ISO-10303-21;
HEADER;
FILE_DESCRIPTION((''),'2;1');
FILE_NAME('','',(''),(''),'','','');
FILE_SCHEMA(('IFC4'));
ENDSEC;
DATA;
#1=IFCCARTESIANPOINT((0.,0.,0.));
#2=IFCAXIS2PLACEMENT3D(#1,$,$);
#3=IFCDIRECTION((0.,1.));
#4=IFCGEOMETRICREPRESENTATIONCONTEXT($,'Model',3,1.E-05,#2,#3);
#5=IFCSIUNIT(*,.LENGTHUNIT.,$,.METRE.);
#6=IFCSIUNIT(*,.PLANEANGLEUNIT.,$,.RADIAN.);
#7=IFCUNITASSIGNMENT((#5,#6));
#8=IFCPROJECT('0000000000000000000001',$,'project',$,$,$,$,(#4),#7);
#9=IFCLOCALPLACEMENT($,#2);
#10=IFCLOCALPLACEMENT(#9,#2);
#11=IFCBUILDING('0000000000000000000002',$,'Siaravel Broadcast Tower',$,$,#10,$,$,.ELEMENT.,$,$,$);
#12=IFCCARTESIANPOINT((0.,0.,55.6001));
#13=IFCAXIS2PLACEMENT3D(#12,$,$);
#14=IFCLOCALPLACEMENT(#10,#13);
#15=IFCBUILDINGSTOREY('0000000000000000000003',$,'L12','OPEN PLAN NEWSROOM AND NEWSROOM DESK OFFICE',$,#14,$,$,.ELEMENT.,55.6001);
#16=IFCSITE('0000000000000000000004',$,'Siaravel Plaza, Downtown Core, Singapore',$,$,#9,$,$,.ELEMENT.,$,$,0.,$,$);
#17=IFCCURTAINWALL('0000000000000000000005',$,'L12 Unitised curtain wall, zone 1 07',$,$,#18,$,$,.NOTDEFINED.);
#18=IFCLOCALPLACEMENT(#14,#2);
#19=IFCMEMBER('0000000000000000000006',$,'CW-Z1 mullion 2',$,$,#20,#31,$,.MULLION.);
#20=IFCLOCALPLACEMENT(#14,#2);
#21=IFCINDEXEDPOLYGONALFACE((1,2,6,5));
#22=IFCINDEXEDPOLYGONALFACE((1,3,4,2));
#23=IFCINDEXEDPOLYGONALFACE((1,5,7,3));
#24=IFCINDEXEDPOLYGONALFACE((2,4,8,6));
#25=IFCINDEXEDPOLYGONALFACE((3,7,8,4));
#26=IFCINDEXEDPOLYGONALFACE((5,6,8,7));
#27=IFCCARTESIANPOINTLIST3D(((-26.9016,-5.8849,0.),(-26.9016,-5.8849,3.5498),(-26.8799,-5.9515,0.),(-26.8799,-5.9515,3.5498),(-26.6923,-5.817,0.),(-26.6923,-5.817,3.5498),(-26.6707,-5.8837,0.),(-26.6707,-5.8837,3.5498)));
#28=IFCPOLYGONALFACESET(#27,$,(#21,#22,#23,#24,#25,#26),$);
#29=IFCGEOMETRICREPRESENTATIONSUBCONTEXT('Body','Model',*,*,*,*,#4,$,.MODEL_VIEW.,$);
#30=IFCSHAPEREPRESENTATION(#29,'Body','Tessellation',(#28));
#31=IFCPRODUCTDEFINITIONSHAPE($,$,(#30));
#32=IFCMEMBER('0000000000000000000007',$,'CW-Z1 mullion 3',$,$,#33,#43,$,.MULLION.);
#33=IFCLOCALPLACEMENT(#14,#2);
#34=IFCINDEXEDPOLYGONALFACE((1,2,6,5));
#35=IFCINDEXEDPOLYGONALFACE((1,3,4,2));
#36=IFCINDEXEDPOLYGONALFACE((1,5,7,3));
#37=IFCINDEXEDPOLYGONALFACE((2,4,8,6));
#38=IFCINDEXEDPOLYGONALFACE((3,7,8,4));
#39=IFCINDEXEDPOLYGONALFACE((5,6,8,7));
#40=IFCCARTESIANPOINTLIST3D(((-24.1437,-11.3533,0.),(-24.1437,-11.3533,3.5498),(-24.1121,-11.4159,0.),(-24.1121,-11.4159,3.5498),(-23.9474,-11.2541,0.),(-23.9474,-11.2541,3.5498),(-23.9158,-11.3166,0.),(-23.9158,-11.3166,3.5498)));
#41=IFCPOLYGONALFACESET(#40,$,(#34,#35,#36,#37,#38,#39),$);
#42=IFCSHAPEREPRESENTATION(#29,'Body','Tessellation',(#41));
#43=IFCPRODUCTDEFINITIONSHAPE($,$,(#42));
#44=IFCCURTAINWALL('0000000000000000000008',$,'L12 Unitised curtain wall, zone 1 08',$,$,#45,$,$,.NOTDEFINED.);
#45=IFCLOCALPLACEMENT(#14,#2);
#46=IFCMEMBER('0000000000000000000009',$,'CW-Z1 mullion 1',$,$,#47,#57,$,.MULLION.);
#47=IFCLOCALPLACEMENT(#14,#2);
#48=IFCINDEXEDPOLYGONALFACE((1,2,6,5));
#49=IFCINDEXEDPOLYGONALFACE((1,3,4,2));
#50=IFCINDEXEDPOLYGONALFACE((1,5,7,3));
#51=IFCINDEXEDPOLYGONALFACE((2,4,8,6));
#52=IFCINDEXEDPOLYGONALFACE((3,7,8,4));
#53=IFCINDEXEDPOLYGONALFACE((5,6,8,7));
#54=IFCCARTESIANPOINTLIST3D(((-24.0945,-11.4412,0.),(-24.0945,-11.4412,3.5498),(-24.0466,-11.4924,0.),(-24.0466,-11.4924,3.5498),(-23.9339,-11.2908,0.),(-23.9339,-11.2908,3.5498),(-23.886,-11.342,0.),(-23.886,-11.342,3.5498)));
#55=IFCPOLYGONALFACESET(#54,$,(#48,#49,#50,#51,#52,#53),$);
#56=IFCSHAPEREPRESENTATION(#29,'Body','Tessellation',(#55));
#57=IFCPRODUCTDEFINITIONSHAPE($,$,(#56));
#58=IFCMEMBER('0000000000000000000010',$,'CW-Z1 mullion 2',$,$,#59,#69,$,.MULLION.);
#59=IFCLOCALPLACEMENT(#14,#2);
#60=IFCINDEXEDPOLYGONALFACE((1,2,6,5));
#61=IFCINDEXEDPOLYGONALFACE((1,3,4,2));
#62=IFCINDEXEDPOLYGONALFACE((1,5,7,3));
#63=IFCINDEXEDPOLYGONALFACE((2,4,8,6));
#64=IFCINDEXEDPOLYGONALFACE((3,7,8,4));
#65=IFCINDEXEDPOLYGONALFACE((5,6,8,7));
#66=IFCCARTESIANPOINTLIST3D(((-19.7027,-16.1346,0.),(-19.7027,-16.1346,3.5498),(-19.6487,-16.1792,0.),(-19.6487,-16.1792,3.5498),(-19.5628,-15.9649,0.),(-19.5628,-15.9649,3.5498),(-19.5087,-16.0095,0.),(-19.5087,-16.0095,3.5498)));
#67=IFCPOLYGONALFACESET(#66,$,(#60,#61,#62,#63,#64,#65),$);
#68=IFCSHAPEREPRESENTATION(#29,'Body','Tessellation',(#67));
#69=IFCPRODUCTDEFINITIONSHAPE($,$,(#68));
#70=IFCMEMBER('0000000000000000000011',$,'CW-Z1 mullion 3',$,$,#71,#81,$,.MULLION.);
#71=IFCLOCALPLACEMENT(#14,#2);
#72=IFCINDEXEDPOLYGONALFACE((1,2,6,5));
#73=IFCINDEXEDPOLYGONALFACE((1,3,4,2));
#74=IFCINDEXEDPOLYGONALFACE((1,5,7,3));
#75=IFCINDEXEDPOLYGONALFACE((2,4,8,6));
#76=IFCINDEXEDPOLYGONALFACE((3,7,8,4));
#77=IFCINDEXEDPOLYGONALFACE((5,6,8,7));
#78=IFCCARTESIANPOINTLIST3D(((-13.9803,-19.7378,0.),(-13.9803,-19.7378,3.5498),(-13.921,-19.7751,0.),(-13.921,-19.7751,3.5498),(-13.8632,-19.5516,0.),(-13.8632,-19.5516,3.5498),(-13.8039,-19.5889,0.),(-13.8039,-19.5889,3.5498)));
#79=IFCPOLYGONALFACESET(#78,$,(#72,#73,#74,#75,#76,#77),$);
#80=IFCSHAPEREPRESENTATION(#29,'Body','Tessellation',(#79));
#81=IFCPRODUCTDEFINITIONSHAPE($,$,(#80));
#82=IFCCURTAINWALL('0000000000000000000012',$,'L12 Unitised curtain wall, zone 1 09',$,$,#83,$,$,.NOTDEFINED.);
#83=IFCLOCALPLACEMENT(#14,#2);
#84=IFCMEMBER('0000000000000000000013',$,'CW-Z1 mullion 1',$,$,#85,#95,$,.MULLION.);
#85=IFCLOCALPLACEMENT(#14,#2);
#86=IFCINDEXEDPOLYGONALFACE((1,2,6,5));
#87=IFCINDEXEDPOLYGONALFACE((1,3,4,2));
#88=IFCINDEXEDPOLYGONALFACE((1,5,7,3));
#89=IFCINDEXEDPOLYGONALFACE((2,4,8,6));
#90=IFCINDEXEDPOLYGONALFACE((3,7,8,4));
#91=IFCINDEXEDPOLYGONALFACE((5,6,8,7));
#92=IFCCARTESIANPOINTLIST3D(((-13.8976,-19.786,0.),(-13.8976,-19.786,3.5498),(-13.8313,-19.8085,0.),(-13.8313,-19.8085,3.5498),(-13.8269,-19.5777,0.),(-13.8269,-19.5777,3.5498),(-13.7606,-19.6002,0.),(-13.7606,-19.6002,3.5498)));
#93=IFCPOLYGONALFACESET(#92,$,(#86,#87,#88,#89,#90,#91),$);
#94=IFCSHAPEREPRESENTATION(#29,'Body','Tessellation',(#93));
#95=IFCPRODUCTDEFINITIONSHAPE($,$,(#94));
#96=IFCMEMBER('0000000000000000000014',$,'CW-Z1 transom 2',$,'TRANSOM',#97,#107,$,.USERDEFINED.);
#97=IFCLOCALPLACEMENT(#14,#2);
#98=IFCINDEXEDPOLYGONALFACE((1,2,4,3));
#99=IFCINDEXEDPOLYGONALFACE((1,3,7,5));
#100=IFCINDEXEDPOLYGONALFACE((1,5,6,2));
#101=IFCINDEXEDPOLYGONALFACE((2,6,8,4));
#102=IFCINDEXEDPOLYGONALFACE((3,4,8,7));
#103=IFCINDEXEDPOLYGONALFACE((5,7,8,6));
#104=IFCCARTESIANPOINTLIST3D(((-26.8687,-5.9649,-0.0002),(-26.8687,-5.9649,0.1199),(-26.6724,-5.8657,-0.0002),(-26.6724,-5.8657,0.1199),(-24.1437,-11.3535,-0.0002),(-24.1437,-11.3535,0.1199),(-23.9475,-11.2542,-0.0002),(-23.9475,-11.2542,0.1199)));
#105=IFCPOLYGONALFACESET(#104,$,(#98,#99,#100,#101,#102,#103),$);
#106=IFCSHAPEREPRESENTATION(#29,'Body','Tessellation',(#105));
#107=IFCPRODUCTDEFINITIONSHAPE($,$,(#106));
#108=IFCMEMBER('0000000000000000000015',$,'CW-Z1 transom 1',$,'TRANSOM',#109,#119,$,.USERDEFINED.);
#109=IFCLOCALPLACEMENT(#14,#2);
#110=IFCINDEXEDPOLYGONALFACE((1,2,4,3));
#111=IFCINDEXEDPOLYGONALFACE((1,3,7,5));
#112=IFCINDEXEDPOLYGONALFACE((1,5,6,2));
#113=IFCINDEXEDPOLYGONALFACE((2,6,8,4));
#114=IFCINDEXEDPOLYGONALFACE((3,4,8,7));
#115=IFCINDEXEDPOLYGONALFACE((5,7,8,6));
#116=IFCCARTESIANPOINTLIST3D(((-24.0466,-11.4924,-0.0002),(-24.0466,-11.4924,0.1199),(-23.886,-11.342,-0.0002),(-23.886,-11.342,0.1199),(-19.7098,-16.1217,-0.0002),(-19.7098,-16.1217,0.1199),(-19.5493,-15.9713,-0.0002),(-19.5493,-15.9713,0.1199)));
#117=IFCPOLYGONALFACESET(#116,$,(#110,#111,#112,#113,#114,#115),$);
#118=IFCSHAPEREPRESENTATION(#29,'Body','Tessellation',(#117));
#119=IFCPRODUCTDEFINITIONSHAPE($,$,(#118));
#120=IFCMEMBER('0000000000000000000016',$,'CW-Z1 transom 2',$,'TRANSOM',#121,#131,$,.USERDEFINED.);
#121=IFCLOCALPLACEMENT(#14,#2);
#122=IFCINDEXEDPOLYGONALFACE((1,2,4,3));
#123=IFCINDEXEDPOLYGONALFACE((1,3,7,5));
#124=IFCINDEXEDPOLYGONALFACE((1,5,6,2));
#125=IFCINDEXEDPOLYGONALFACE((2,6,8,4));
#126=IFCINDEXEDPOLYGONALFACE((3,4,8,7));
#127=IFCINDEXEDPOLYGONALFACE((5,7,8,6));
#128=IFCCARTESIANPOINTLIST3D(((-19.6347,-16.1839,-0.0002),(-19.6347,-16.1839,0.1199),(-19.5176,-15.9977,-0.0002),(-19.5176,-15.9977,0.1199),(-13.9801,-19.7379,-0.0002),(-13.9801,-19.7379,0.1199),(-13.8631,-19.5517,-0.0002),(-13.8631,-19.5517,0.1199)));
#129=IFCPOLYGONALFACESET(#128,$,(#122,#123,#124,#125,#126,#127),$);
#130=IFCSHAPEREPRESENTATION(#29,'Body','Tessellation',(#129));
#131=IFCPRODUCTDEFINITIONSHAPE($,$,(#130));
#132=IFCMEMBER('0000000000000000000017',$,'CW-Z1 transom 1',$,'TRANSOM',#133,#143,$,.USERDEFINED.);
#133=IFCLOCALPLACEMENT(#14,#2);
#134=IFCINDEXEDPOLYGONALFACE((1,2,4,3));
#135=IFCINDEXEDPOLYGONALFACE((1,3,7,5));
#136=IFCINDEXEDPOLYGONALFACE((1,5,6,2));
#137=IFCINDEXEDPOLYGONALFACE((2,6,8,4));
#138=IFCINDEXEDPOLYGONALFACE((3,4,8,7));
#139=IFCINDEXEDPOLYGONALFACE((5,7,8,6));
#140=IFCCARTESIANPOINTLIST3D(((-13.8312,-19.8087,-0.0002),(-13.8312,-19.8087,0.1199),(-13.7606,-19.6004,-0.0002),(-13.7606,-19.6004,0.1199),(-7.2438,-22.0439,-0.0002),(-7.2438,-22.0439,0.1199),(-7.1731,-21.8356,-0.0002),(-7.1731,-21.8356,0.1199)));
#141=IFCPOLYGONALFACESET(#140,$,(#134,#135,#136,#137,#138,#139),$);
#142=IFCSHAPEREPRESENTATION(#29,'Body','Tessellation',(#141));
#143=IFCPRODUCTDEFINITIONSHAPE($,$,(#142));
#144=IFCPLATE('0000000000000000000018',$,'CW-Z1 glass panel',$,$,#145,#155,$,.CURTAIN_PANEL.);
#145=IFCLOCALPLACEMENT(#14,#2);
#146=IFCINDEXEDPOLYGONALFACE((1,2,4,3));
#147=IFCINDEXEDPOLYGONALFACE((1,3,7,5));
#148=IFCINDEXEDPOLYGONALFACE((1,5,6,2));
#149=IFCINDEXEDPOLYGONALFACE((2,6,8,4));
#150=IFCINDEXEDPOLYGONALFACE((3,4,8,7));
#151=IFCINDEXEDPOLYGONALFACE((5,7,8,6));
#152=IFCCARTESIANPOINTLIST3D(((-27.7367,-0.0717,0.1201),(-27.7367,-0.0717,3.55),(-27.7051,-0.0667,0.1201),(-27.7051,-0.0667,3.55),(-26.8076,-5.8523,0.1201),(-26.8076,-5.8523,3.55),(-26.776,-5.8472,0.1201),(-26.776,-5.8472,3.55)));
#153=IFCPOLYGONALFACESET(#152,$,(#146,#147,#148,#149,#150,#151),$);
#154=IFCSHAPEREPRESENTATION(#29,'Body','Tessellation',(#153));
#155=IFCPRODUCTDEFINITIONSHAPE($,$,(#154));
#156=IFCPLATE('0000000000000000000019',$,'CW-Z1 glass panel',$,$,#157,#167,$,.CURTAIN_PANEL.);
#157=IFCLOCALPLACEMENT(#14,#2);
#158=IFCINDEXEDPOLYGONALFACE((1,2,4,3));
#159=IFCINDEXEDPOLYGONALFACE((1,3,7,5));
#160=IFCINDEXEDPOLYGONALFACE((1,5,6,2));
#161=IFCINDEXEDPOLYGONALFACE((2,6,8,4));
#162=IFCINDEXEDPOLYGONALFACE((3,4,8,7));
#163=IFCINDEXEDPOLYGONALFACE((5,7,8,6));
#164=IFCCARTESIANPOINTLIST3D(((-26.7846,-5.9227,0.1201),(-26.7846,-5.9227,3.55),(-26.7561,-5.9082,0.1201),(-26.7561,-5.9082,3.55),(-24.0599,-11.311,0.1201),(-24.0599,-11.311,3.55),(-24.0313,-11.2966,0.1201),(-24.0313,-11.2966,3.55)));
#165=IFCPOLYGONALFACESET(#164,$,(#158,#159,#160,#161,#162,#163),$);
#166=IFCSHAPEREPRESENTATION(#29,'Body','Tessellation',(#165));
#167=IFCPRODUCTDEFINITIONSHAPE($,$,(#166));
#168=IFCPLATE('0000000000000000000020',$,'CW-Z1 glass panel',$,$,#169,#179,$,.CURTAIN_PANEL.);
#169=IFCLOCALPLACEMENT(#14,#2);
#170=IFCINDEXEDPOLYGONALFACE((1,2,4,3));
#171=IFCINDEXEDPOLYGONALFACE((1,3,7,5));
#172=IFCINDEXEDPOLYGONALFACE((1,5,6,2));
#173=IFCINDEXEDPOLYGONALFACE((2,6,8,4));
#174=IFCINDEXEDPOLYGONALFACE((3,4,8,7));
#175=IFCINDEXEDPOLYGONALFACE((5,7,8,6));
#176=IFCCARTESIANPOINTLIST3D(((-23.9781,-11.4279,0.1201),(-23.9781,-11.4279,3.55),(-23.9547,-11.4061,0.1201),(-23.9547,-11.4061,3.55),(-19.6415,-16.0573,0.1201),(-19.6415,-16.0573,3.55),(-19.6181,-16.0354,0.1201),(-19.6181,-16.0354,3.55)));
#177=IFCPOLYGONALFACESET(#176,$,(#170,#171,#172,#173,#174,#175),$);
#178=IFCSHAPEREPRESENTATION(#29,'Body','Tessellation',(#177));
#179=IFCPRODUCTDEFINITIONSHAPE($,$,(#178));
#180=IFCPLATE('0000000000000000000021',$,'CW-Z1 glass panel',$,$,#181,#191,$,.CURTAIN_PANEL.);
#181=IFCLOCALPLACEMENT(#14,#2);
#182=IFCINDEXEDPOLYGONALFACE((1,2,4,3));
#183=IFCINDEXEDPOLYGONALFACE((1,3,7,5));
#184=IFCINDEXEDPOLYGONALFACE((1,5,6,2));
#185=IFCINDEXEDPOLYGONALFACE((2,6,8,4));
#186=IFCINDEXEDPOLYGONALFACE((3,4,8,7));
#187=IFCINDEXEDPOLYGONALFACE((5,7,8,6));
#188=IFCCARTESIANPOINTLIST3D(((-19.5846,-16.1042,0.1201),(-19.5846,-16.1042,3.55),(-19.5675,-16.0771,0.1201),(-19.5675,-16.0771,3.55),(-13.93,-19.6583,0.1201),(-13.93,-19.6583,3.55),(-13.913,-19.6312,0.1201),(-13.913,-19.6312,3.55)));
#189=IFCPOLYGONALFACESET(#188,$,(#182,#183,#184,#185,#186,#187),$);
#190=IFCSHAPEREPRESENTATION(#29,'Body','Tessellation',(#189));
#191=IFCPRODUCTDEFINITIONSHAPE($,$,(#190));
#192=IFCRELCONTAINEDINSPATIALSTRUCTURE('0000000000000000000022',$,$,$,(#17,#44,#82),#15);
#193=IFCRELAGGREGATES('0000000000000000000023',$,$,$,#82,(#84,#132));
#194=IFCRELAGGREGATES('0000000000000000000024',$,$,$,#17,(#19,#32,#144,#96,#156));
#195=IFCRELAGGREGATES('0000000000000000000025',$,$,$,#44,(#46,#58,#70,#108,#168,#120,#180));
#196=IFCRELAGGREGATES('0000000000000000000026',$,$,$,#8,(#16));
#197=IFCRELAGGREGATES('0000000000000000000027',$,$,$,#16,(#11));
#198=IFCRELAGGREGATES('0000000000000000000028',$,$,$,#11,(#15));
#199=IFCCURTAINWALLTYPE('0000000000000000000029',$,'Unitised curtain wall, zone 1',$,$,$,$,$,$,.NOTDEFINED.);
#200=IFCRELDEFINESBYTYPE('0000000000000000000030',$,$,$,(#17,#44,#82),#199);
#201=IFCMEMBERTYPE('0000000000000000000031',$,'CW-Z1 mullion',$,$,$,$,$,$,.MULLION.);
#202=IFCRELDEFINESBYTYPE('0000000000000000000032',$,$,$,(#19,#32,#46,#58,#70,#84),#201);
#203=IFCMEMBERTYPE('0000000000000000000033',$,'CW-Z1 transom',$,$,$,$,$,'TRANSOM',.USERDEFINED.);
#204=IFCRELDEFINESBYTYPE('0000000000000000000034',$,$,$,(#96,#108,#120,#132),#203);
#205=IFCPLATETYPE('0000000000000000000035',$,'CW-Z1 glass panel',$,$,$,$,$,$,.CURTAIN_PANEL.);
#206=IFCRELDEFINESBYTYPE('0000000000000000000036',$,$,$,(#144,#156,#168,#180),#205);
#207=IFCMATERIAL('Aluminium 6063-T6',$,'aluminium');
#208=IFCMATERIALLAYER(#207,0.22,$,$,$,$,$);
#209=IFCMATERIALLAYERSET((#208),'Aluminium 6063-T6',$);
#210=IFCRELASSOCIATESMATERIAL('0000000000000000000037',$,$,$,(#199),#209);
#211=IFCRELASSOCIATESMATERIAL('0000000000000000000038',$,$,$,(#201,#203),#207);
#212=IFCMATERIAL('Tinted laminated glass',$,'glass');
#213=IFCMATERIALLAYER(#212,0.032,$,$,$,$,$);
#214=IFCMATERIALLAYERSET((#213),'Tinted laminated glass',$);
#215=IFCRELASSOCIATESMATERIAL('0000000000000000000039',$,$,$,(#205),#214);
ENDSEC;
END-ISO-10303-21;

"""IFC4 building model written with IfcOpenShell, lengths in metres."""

from ifc_helpers import new_model, si_unit, direction, frame, origin, origin_2d, place, context, subcontext, project, spatial, rectangle, extrude, material, layer, layer_set, material_profile, profile_set, type_object, element, aggregate, save


model = new_model("IFC4")

# Units and contexts
model_context = context("Model", 3, precision=1e-05, world=origin(), true_north=direction((0.0, 1.0)))
body_context = subcontext(model_context, "Body", "Model", "MODEL_VIEW")
ifc_project = project(units=[si_unit("LENGTHUNIT", "METRE"), si_unit("PLANEANGLEUNIT", "RADIAN")], contexts=[model_context])

# Site, building, storey
site_placement = place(None, origin())
site = spatial("IfcSite", under=ifc_project, at=site_placement, Name="Siaravel Plaza, Downtown Core, Singapore", CompositionType="ELEMENT", RefElevation=0.0)
building_placement = place(site_placement, origin())
building = spatial("IfcBuilding", under=site, at=building_placement, Name="Siaravel Broadcast Tower", CompositionType="ELEMENT")
storey_placement = place(building_placement, frame((0.0, 0.0, 55.6001)))
storey = spatial("IfcBuildingStorey", under=building, at=storey_placement, Name="L12", Description="OPEN PLAN NEWSROOM AND NEWSROOM DESK OFFICE", CompositionType="ELEMENT", Elevation=55.6001)

# Curtain walls, members
ifc_material_1 = material(Name="Aluminium 6063-T6", Category="aluminium")
ifc_layer_1 = layer(ifc_material_1, 0.22)
ifc_layer_set_1 = layer_set([ifc_layer_1], Name="Aluminium 6063-T6")
curtain_wall_type = type_object("IfcCurtainWallType", Name="Unitised curtain wall, zone 1", PredefinedType="NOTDEFINED", material=ifc_layer_set_1)
curtain_wall_1_placement = place(storey_placement, origin())
curtain_wall_1 = element("IfcCurtainWall", 1, at=curtain_wall_1_placement, inside=storey, type_object=curtain_wall_type, Name="L12 Unitised curtain wall, zone 1 07", PredefinedType="NOTDEFINED")
ifc_material_profile_1 = material_profile(ifc_material_1, rectangle(XDim=0.22, YDim=0.0701, at=origin_2d()))
ifc_profile_set_1 = profile_set([ifc_material_profile_1], Name="Aluminium 6063-T6")
member_type_1 = type_object("IfcMemberType", Name="CW-Z1 mullion", PredefinedType="MULLION", material=ifc_profile_set_1)
member_1_placement = place(storey_placement, frame((-26.7861, -5.8843, 0.0), z_axis=(0.0, 0.0, 1.0), x_axis=(0.951177, 0.308646, 0.0)))
member_1 = element("IfcMember", 2, at=member_1_placement, type_object=member_type_1, Name="CW-Z1 mullion 2", PredefinedType="MULLION", context=body_context, shape_type="SweptSolid", body=[
    extrude(rectangle(XDim=0.22, YDim=0.0701, at=origin_2d()), origin(), (0.0, 0.0, 1.0), 3.5498),
])
member_2_placement = place(storey_placement, frame((-24.0298, -11.335, 0.0), z_axis=(0.0, 0.0, 1.0), x_axis=(0.892392, 0.451261, 0.0)))
member_2 = element("IfcMember", 3, at=member_2_placement, type_object=member_type_1, Name="CW-Z1 mullion 3", PredefinedType="MULLION", context=body_context, shape_type="SweptSolid", body=[
    extrude(rectangle(XDim=0.22, YDim=0.0701, at=origin_2d()), origin(), (0.0, 0.0, 1.0), 3.5498),
])
curtain_wall_2_placement = place(storey_placement, origin())
curtain_wall_2 = element("IfcCurtainWall", 4, at=curtain_wall_2_placement, inside=storey, type_object=curtain_wall_type, Name="L12 Unitised curtain wall, zone 1 08", PredefinedType="NOTDEFINED")
member_3_placement = place(storey_placement, frame((-23.9902, -11.3916, 0.0), z_axis=(0.0, 0.0, 1.0), x_axis=(0.729805, 0.683655, 0.0)))
member_3 = element("IfcMember", 5, at=member_3_placement, type_object=member_type_1, Name="CW-Z1 mullion 1", PredefinedType="MULLION", context=body_context, shape_type="SweptSolid", body=[
    extrude(rectangle(XDim=0.22, YDim=0.0701, at=origin_2d()), origin(), (0.0, 0.0, 1.0), 3.5498),
])
member_4_placement = place(storey_placement, frame((-19.6057, -16.072, 0.0), z_axis=(0.0, 0.0, 1.0), x_axis=(0.636219, 0.771509, 0.0)))
member_4 = element("IfcMember", 6, at=member_4_placement, type_object=member_type_1, Name="CW-Z1 mullion 2", PredefinedType="MULLION", context=body_context, shape_type="SweptSolid", body=[
    extrude(rectangle(XDim=0.22, YDim=0.0701, at=origin_2d()), origin(), (0.0, 0.0, 1.0), 3.5498),
])
member_5_placement = place(storey_placement, frame((-13.8921, -19.6633, 0.0), z_axis=(0.0, 0.0, 1.0), x_axis=(0.532149, 0.846651, 0.0)))
member_5 = element("IfcMember", 7, at=member_5_placement, type_object=member_type_1, Name="CW-Z1 mullion 3", PredefinedType="MULLION", context=body_context, shape_type="SweptSolid", body=[
    extrude(rectangle(XDim=0.22, YDim=0.0701, at=origin_2d()), origin(), (0.0, 0.0, 1.0), 3.5498),
])

# Curtain wall, member
curtain_wall_3_placement = place(storey_placement, origin())
curtain_wall_3 = element("IfcCurtainWall", 8, at=curtain_wall_3_placement, inside=storey, type_object=curtain_wall_type, Name="L12 Unitised curtain wall, zone 1 09", PredefinedType="NOTDEFINED")
member_6_placement = place(storey_placement, frame((-13.8291, -19.6931, 0.0), z_axis=(0.0, 0.0, 1.0), x_axis=(0.321301, 0.946977, 0.0)))
member_6 = element("IfcMember", 9, at=member_6_placement, type_object=member_type_1, Name="CW-Z1 mullion 1", PredefinedType="MULLION", context=body_context, shape_type="SweptSolid", body=[
    extrude(rectangle(XDim=0.22, YDim=0.0701, at=origin_2d()), origin(), (0.0, 0.0, 1.0), 3.5498),
])

# Members
ifc_material_profile_2 = material_profile(ifc_material_1, rectangle(XDim=0.22, YDim=0.1201, at=origin_2d()))
ifc_profile_set_2 = profile_set([ifc_material_profile_2], Name="Aluminium 6063-T6")
member_type_2 = type_object("IfcMemberType", Name="CW-Z1 transom", ElementType="TRANSOM", PredefinedType="USERDEFINED", material=ifc_profile_set_2)
member_7_placement = place(storey_placement, frame((-26.7705, -5.9153, 0.0598), z_axis=(0.451268, -0.892388, 0.0), x_axis=(0.892388, 0.451268, 0.0)))
member_7 = element("IfcMember", 10, at=member_7_placement, type_object=member_type_2, Name="CW-Z1 transom 2", ObjectType="TRANSOM", PredefinedType="USERDEFINED", context=body_context, shape_type="SweptSolid", body=[
    extrude(rectangle(XDim=0.22, YDim=0.1201, at=origin_2d()), origin(), (0.0, 0.0, 1.0), 6.0383),
])
member_8_placement = place(storey_placement, frame((-23.9663, -11.4172, 0.0598), z_axis=(0.683676, -0.729786, 0.0), x_axis=(0.729786, 0.683676, 0.0)))
member_8 = element("IfcMember", 11, at=member_8_placement, type_object=member_type_2, Name="CW-Z1 transom 1", ObjectType="TRANSOM", PredefinedType="USERDEFINED", context=body_context, shape_type="SweptSolid", body=[
    extrude(rectangle(XDim=0.22, YDim=0.1201, at=origin_2d()), origin(), (0.0, 0.0, 1.0), 6.3433),
])
member_9_placement = place(storey_placement, frame((-19.5762, -16.0908, 0.0598), z_axis=(0.846659, -0.532136, 0.0), x_axis=(0.532136, 0.846659, 0.0)))
member_9 = element("IfcMember", 12, at=member_9_placement, type_object=member_type_2, Name="CW-Z1 transom 2", ObjectType="TRANSOM", PredefinedType="USERDEFINED", context=body_context, shape_type="SweptSolid", body=[
    extrude(rectangle(XDim=0.22, YDim=0.1201, at=origin_2d()), origin(), (0.0, 0.0, 1.0), 6.6787),
])
member_10_placement = place(storey_placement, frame((-13.7959, -19.7046, 0.0598), z_axis=(0.946975, -0.321309, 0.0), x_axis=(0.321309, 0.946975, 0.0)))
member_10 = element("IfcMember", 13, at=member_10_placement, type_object=member_type_2, Name="CW-Z1 transom 1", ObjectType="TRANSOM", PredefinedType="USERDEFINED", context=body_context, shape_type="SweptSolid", body=[
    extrude(rectangle(XDim=0.22, YDim=0.1201, at=origin_2d()), origin(), (0.0, 0.0, 1.0), 6.9563),
])
aggregate(curtain_wall_3, [member_6, member_10])

# Plates
ifc_material_2 = material(Name="Tinted laminated glass", Category="glass")
ifc_layer_2 = layer(ifc_material_2, 0.032)
ifc_layer_set_2 = layer_set([ifc_layer_2], Name="Tinted laminated glass")
plate_type = type_object("IfcPlateType", Name="CW-Z1 glass panel", PredefinedType="CURTAIN_PANEL", material=ifc_layer_set_2)
plate_1_placement = place(storey_placement, frame((-27.2563, -2.9595, 0.1201), z_axis=(0.0, 0.0, 1.0), x_axis=(0.158686, -0.987329, 0.0)))
plate_1 = element("IfcPlate", 14, at=plate_1_placement, type_object=plate_type, Name="CW-Z1 glass panel", PredefinedType="CURTAIN_PANEL", context=body_context, shape_type="SweptSolid", body=[
    extrude(rectangle(XDim=5.8547, YDim=0.032, at=origin_2d()), origin(), (0.0, 0.0, 1.0), 3.4299),
])
plate_2_placement = place(storey_placement, frame((-25.408, -8.6096, 0.1201), z_axis=(0.0, 0.0, 1.0), x_axis=(0.451261, -0.892392, 0.0)))
plate_2 = element("IfcPlate", 15, at=plate_2_placement, type_object=plate_type, Name="CW-Z1 glass panel", PredefinedType="CURTAIN_PANEL", context=body_context, shape_type="SweptSolid", body=[
    extrude(rectangle(XDim=6.0381, YDim=0.032, at=origin_2d()), origin(), (0.0, 0.0, 1.0), 3.4299),
])
aggregate(curtain_wall_1, [member_1, member_2, plate_1, member_7, plate_2])
plate_3_placement = place(storey_placement, frame((-21.7981, -13.7317, 0.1201), z_axis=(0.0, 0.0, 1.0), x_axis=(0.683655, -0.729805, 0.0)))
plate_3 = element("IfcPlate", 16, at=plate_3_placement, type_object=plate_type, Name="CW-Z1 glass panel", PredefinedType="CURTAIN_PANEL", context=body_context, shape_type="SweptSolid", body=[
    extrude(rectangle(XDim=6.3433, YDim=0.032, at=origin_2d()), origin(), (0.0, 0.0, 1.0), 3.4299),
])
plate_4_placement = place(storey_placement, frame((-16.7488, -17.8677, 0.1201), z_axis=(0.0, 0.0, 1.0), x_axis=(0.846651, -0.532149, 0.0)))
plate_4 = element("IfcPlate", 17, at=plate_4_placement, type_object=plate_type, Name="CW-Z1 glass panel", PredefinedType="CURTAIN_PANEL", context=body_context, shape_type="SweptSolid", body=[
    extrude(rectangle(XDim=6.6787, YDim=0.032, at=origin_2d()), origin(), (0.0, 0.0, 1.0), 3.4299),
])
aggregate(curtain_wall_2, [member_3, member_4, member_5, member_8, plate_3, member_9, plate_4])

save(model, "model.ifc")
